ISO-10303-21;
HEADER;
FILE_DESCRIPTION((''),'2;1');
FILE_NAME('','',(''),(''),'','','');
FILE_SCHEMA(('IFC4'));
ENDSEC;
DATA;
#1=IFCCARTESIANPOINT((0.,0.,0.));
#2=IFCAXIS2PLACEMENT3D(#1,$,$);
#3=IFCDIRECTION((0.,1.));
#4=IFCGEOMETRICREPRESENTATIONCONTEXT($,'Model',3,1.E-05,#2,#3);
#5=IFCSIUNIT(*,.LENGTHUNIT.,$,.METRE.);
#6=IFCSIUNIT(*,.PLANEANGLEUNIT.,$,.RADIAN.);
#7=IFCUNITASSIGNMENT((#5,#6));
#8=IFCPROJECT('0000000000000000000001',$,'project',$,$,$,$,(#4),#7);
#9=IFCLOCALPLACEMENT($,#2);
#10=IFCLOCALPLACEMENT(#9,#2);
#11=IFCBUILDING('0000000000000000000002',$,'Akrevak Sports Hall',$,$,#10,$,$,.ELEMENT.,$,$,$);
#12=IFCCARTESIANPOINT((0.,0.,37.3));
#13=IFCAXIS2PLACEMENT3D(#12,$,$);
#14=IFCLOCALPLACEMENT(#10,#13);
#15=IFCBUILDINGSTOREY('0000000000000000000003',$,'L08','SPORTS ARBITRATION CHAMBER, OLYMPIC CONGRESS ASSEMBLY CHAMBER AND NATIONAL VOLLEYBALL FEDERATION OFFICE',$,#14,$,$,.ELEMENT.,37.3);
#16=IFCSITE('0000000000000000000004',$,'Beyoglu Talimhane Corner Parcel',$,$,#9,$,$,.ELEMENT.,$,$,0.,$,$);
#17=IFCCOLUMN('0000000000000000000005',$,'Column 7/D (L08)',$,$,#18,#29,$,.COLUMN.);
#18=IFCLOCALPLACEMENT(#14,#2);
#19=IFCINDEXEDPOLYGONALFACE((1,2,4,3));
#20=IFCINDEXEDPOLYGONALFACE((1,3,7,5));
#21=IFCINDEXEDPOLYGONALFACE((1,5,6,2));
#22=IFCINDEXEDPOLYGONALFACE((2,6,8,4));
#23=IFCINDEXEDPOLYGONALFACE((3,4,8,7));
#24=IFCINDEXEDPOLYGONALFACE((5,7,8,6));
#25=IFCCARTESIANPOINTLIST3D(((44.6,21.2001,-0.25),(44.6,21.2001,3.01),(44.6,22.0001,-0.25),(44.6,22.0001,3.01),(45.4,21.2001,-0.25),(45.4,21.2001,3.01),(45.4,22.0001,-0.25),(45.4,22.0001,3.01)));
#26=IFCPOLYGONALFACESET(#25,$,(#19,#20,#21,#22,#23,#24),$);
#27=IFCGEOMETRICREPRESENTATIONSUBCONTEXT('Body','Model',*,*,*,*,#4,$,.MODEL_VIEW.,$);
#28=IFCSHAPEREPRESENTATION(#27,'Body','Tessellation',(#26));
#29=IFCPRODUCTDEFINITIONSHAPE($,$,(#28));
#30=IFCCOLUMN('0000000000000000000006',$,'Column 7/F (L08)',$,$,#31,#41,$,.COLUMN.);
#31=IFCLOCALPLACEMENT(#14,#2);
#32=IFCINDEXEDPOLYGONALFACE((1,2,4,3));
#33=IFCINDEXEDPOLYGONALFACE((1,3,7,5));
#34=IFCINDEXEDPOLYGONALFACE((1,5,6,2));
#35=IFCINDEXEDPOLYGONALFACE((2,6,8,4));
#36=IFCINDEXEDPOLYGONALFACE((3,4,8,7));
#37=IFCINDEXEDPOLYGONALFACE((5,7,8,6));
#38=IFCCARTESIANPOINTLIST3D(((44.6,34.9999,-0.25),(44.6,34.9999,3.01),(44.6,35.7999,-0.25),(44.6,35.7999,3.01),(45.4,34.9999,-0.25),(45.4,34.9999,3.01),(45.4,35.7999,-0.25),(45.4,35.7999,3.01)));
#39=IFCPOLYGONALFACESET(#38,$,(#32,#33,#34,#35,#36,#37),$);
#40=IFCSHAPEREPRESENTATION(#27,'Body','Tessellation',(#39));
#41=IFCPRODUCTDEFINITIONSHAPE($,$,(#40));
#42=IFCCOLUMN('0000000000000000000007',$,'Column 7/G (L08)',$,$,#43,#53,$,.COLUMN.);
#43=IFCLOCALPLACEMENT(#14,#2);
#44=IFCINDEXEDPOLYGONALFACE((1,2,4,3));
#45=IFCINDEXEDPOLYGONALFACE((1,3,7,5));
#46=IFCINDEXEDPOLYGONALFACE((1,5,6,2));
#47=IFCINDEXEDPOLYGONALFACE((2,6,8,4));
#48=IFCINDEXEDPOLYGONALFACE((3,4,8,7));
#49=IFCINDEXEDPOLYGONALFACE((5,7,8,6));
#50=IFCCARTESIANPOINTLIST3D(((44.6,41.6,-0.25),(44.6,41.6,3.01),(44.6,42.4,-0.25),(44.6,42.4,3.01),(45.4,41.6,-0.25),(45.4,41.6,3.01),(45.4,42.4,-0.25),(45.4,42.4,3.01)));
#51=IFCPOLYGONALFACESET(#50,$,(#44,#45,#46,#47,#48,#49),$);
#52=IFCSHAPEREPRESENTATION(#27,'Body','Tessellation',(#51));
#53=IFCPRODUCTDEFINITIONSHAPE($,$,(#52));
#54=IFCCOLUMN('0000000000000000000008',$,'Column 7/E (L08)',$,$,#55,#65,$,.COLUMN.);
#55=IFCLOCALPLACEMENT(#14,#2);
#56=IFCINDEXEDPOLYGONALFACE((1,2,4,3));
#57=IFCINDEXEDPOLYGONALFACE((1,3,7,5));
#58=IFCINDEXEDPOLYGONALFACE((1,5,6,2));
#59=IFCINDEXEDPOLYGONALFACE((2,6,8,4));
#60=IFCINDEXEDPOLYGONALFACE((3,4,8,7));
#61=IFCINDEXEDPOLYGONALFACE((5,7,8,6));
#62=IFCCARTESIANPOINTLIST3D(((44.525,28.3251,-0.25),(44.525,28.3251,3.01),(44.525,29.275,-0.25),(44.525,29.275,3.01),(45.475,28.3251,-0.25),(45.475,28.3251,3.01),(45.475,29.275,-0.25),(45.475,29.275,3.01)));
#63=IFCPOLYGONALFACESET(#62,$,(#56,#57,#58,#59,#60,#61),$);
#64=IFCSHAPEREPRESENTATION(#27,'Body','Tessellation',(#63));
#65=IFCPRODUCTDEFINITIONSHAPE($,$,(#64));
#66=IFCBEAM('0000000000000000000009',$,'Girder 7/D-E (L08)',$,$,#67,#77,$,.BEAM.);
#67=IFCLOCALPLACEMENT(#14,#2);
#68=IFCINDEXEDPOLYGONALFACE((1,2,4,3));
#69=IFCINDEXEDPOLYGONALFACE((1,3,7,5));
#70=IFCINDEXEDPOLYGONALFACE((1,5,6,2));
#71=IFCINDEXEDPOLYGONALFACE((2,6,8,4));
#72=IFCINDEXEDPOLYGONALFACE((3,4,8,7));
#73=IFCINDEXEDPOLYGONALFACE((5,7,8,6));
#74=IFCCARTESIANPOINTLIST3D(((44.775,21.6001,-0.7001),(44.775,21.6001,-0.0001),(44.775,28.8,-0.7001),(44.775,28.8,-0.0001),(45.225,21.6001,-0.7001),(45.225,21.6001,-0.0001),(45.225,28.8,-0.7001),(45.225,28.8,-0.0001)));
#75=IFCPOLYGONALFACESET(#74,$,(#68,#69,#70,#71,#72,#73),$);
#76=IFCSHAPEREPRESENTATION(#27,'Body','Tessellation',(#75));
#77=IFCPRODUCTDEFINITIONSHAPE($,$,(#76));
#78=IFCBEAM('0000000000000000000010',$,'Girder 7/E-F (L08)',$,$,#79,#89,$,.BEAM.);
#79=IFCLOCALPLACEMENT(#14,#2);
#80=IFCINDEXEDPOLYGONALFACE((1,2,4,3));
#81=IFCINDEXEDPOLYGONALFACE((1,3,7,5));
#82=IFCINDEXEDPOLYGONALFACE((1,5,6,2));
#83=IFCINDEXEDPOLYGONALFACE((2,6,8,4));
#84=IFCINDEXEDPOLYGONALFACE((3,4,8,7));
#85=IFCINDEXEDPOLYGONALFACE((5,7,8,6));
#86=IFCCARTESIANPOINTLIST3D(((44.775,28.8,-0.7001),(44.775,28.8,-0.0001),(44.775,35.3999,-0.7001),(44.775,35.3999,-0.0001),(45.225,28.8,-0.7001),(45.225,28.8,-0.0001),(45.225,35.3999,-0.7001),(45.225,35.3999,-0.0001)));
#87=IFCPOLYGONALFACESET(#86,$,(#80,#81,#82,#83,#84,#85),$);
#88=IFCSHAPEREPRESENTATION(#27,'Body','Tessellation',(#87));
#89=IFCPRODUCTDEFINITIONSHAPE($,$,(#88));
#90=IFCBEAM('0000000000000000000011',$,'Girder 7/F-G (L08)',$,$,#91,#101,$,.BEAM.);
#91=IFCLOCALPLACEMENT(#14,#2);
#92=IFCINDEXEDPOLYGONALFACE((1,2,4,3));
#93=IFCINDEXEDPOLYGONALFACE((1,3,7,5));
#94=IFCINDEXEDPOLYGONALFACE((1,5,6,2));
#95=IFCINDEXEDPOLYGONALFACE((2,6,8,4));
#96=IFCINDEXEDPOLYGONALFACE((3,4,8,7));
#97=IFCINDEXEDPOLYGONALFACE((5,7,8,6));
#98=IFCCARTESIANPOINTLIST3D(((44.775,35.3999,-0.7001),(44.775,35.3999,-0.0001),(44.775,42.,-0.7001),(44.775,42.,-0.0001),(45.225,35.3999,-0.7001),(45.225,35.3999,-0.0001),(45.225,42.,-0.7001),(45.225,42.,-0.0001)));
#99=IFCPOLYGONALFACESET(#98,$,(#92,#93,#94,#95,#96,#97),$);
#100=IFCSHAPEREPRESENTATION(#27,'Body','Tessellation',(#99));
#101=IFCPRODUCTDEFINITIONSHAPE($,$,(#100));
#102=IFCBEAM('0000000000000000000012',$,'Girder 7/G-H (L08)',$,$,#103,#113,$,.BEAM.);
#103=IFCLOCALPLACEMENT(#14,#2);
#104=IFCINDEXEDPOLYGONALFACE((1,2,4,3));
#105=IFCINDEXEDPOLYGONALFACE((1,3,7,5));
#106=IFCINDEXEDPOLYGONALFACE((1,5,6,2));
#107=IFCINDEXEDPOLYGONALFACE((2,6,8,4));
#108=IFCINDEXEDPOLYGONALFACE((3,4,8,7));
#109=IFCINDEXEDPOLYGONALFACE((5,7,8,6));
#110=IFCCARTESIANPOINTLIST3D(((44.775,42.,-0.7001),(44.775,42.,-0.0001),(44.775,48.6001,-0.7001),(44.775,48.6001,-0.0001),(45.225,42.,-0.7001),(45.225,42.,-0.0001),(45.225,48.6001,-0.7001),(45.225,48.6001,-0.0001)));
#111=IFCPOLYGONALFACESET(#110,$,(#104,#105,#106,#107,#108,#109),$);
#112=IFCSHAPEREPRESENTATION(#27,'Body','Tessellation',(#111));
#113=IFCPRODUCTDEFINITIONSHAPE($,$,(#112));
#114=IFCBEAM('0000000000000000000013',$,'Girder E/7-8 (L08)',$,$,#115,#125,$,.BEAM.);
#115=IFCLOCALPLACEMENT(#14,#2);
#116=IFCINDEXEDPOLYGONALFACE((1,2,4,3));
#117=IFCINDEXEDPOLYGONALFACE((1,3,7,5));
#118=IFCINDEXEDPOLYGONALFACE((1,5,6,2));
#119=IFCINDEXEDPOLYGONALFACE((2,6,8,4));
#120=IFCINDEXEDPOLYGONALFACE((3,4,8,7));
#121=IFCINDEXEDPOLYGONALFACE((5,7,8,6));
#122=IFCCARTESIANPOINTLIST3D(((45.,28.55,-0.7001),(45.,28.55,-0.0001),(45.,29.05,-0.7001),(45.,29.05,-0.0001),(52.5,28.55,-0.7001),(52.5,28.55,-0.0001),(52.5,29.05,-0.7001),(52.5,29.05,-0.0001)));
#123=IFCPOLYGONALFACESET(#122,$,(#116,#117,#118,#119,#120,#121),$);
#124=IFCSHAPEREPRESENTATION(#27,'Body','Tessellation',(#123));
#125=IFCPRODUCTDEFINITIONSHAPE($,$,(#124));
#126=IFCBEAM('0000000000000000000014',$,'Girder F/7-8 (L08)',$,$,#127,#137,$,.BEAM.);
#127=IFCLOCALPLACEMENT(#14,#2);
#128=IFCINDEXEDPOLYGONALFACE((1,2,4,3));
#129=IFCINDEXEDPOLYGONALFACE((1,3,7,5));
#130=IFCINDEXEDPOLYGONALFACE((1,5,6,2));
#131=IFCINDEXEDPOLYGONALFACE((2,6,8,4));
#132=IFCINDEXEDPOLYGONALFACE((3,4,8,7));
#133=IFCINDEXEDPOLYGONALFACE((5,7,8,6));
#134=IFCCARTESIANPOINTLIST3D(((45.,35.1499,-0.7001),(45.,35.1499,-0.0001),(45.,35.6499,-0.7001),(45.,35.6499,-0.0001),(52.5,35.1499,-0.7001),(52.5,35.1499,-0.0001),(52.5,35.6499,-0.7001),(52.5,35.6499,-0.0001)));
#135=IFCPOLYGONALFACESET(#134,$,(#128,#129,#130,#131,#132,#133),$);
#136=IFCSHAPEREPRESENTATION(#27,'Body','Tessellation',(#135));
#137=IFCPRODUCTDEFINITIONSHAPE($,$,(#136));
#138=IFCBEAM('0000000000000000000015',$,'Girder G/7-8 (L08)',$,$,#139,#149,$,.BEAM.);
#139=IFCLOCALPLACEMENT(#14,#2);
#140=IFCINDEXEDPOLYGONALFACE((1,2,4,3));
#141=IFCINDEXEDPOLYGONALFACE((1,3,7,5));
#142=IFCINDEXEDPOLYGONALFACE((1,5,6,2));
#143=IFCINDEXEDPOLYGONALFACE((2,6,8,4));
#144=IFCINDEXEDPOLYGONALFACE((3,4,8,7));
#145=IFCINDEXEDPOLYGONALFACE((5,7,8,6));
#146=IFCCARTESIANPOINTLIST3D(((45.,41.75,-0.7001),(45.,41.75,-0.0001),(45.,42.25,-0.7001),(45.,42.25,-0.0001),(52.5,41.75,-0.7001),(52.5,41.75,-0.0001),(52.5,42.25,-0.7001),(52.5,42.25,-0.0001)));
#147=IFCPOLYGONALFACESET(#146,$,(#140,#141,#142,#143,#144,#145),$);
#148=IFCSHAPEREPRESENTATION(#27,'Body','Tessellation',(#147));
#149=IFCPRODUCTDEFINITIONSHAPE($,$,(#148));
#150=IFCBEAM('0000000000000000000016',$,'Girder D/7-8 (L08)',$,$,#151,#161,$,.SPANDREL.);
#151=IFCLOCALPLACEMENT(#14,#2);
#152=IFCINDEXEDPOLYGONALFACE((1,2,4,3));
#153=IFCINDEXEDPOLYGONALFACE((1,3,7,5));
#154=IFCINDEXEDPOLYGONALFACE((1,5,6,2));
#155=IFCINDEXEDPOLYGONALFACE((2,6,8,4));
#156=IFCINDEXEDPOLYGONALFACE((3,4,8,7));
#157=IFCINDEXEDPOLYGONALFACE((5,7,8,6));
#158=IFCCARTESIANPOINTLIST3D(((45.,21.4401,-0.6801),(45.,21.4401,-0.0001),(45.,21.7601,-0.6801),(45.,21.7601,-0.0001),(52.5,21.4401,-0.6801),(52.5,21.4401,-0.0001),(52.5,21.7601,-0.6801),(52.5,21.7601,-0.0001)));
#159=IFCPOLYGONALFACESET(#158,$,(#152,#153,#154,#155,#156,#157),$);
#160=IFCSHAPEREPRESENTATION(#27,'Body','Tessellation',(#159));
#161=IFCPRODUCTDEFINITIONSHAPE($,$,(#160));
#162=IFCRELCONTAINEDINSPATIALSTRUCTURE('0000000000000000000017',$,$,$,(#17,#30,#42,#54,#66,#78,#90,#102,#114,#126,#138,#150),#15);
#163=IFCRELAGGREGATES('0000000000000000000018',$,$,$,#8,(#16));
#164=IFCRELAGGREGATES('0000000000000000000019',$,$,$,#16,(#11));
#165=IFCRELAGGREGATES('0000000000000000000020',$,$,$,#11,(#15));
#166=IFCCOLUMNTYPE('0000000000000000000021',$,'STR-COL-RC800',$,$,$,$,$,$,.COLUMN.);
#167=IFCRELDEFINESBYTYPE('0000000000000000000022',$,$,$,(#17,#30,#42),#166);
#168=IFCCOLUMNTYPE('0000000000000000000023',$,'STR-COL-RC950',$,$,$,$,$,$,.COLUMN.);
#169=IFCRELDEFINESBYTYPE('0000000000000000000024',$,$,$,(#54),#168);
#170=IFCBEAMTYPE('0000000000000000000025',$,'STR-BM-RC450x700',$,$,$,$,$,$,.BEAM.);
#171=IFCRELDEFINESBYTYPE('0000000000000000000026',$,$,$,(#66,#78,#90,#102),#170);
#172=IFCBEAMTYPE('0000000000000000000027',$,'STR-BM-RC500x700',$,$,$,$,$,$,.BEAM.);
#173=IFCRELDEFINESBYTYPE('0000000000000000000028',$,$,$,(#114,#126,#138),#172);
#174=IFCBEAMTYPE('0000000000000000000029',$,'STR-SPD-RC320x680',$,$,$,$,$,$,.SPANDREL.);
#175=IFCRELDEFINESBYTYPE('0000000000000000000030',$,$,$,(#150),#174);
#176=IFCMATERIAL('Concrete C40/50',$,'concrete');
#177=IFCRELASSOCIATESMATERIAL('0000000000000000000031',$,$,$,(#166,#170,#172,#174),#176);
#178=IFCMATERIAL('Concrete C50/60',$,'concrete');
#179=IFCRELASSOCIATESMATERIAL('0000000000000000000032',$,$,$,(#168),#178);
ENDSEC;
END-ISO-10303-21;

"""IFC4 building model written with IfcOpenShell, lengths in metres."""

from ifc_helpers import new_model, si_unit, direction, frame, origin, origin_2d, place, context, subcontext, project, spatial, rectangle, extrude, material, material_profile, profile_set, type_object, element, save


model = new_model("IFC4")

# Units and contexts
model_context = context("Model", 3, precision=1e-05, world=origin(), true_north=direction((0.0, 1.0)))
body_context = subcontext(model_context, "Body", "Model", "MODEL_VIEW")
ifc_project = project(units=[si_unit("LENGTHUNIT", "METRE"), si_unit("PLANEANGLEUNIT", "RADIAN")], contexts=[model_context])

# Site, building, storey
site_placement = place(None, origin())
site = spatial("IfcSite", under=ifc_project, at=site_placement, Name="Beyoglu Talimhane Corner Parcel", CompositionType="ELEMENT", RefElevation=0.0)
building_placement = place(site_placement, origin())
building = spatial("IfcBuilding", under=site, at=building_placement, Name="Akrevak Sports Hall", CompositionType="ELEMENT")
storey_placement = place(building_placement, frame((0.0, 0.0, 37.3)))
storey = spatial("IfcBuildingStorey", under=building, at=storey_placement, Name="L08", Description="SPORTS ARBITRATION CHAMBER, OLYMPIC CONGRESS ASSEMBLY CHAMBER AND NATIONAL VOLLEYBALL FEDERATION OFFICE", CompositionType="ELEMENT", Elevation=37.3)

# Columns
ifc_material_1 = material(Name="Concrete C40/50", Category="concrete")
ifc_material_profile_1 = material_profile(ifc_material_1, rectangle(XDim=0.8, YDim=0.8, at=origin_2d()), Name="RC 800x800", Category="concrete")
ifc_profile_set_1 = profile_set([ifc_material_profile_1], Name="Concrete C40/50")
column_type_1 = type_object("IfcColumnType", Name="STR-COL-RC800", PredefinedType="COLUMN", material=ifc_profile_set_1)
for number, where, z_axis, x_axis, name in (
    (1, (45.0, 21.6001, -0.25), (0.0, 0.0, 1.0), (1.0, 0.0, 0.0), "Column 7/D (L08)"),
    (2, (45.0, 35.3999, -0.25), (0.0, 0.0, 1.0), (1.0, 0.0, 0.0), "Column 7/F (L08)"),
    (3, (45.0, 42.0, -0.25), (0.0, 0.0, 1.0), (1.0, 0.0, 0.0), "Column 7/G (L08)"),
):
    element("IfcColumn", number, at=place(storey_placement, frame(where, z_axis=z_axis, x_axis=x_axis)), inside=storey, type_object=column_type_1, Name=name, PredefinedType="COLUMN", context=body_context, shape_type="SweptSolid", body=[
        extrude(rectangle(XDim=0.8, YDim=0.8, at=origin_2d()), origin(), (0.0, 0.0, 1.0), 3.26),
    ])
ifc_material_2 = material(Name="Concrete C50/60", Category="concrete")
ifc_material_profile_2 = material_profile(ifc_material_2, rectangle(XDim=0.95, YDim=0.95, at=origin_2d()), Name="RC 950x950", Category="concrete")
ifc_profile_set_2 = profile_set([ifc_material_profile_2], Name="Concrete C50/60")
column_type_2 = type_object("IfcColumnType", Name="STR-COL-RC950", PredefinedType="COLUMN", material=ifc_profile_set_2)
column_placement = place(storey_placement, frame((45.0, 28.8, -0.25), z_axis=(0.0, 0.0, 1.0), x_axis=(1.0, 0.0, 0.0)))
element("IfcColumn", 4, at=column_placement, inside=storey, type_object=column_type_2, Name="Column 7/E (L08)", PredefinedType="COLUMN", context=body_context, shape_type="SweptSolid", body=[
    extrude(rectangle(XDim=0.95, YDim=0.95, at=origin_2d()), origin(), (0.0, 0.0, 1.0), 3.26),
])

# Beams
ifc_material_profile_3 = material_profile(ifc_material_1, rectangle(XDim=0.45, YDim=0.7, at=origin_2d()), Name="BM 450x700", Category="concrete")
ifc_profile_set_3 = profile_set([ifc_material_profile_3], Name="Concrete C40/50")
beam_type_1 = type_object("IfcBeamType", Name="STR-BM-RC450x700", PredefinedType="BEAM", material=ifc_profile_set_3)
beam_1_placement = place(storey_placement, frame((45.0, 21.6001, -0.3501), z_axis=(0.0, 1.0, 0.0), x_axis=(-1.0, 0.0, 0.0)))
element("IfcBeam", 5, at=beam_1_placement, inside=storey, type_object=beam_type_1, Name="Girder 7/D-E (L08)", PredefinedType="BEAM", context=body_context, shape_type="SweptSolid", body=[
    extrude(rectangle(XDim=0.45, YDim=0.7, at=origin_2d()), origin(), (0.0, 0.0, 1.0), 7.2),
])
beam_2_placement = place(storey_placement, frame((45.0, 28.8, -0.3501), z_axis=(0.0, 1.0, 0.0), x_axis=(-1.0, 0.0, 0.0)))
element("IfcBeam", 6, at=beam_2_placement, inside=storey, type_object=beam_type_1, Name="Girder 7/E-F (L08)", PredefinedType="BEAM", context=body_context, shape_type="SweptSolid", body=[
    extrude(rectangle(XDim=0.45, YDim=0.7, at=origin_2d()), origin(), (0.0, 0.0, 1.0), 6.5999),
])
for number, where, z_axis, x_axis, name in (
    (7, (45.0, 35.3999, -0.3501), (0.0, 1.0, 0.0), (-1.0, 0.0, 0.0), "Girder 7/F-G (L08)"),
    (8, (45.0, 42.0, -0.3501), (0.0, 1.0, 0.0), (-1.0, 0.0, 0.0), "Girder 7/G-H (L08)"),
):
    element("IfcBeam", number, at=place(storey_placement, frame(where, z_axis=z_axis, x_axis=x_axis)), inside=storey, type_object=beam_type_1, Name=name, PredefinedType="BEAM", context=body_context, shape_type="SweptSolid", body=[
        extrude(rectangle(XDim=0.45, YDim=0.7, at=origin_2d()), origin(), (0.0, 0.0, 1.0), 6.6001),
    ])
ifc_material_profile_4 = material_profile(ifc_material_1, rectangle(XDim=0.5, YDim=0.7, at=origin_2d()), Name="BM 500x700", Category="concrete")
ifc_profile_set_4 = profile_set([ifc_material_profile_4], Name="Concrete C40/50")
beam_type_2 = type_object("IfcBeamType", Name="STR-BM-RC500x700", PredefinedType="BEAM", material=ifc_profile_set_4)
for number, where, z_axis, x_axis, name in (
    (9, (45.0, 28.8, -0.3501), (1.0, 0.0, 0.0), (0.0, 1.0, 0.0), "Girder E/7-8 (L08)"),
    (10, (45.0, 35.3999, -0.3501), (1.0, 0.0, 0.0), (0.0, 1.0, 0.0), "Girder F/7-8 (L08)"),
    (11, (45.0, 42.0, -0.3501), (1.0, 0.0, 0.0), (0.0, 1.0, 0.0), "Girder G/7-8 (L08)"),
):
    element("IfcBeam", number, at=place(storey_placement, frame(where, z_axis=z_axis, x_axis=x_axis)), inside=storey, type_object=beam_type_2, Name=name, PredefinedType="BEAM", context=body_context, shape_type="SweptSolid", body=[
        extrude(rectangle(XDim=0.5, YDim=0.7, at=origin_2d()), origin(), (0.0, 0.0, 1.0), 7.5),
    ])
ifc_material_profile_5 = material_profile(ifc_material_1, rectangle(XDim=0.3201, YDim=0.6799, at=origin_2d()), Name="SPD 320x680", Category="concrete")
ifc_profile_set_5 = profile_set([ifc_material_profile_5], Name="Concrete C40/50")
beam_type_3 = type_object("IfcBeamType", Name="STR-SPD-RC320x680", PredefinedType="SPANDREL", material=ifc_profile_set_5)
beam_3_placement = place(storey_placement, frame((45.0, 21.6001, -0.3401), z_axis=(1.0, 0.0, 0.0), x_axis=(0.0, 1.0, 0.0)))
element("IfcBeam", 12, at=beam_3_placement, inside=storey, type_object=beam_type_3, Name="Girder D/7-8 (L08)", PredefinedType="SPANDREL", context=body_context, shape_type="SweptSolid", body=[
    extrude(rectangle(XDim=0.3201, YDim=0.6799, at=origin_2d()), origin(), (0.0, 0.0, 1.0), 7.5),
])

save(model, "model.ifc")
